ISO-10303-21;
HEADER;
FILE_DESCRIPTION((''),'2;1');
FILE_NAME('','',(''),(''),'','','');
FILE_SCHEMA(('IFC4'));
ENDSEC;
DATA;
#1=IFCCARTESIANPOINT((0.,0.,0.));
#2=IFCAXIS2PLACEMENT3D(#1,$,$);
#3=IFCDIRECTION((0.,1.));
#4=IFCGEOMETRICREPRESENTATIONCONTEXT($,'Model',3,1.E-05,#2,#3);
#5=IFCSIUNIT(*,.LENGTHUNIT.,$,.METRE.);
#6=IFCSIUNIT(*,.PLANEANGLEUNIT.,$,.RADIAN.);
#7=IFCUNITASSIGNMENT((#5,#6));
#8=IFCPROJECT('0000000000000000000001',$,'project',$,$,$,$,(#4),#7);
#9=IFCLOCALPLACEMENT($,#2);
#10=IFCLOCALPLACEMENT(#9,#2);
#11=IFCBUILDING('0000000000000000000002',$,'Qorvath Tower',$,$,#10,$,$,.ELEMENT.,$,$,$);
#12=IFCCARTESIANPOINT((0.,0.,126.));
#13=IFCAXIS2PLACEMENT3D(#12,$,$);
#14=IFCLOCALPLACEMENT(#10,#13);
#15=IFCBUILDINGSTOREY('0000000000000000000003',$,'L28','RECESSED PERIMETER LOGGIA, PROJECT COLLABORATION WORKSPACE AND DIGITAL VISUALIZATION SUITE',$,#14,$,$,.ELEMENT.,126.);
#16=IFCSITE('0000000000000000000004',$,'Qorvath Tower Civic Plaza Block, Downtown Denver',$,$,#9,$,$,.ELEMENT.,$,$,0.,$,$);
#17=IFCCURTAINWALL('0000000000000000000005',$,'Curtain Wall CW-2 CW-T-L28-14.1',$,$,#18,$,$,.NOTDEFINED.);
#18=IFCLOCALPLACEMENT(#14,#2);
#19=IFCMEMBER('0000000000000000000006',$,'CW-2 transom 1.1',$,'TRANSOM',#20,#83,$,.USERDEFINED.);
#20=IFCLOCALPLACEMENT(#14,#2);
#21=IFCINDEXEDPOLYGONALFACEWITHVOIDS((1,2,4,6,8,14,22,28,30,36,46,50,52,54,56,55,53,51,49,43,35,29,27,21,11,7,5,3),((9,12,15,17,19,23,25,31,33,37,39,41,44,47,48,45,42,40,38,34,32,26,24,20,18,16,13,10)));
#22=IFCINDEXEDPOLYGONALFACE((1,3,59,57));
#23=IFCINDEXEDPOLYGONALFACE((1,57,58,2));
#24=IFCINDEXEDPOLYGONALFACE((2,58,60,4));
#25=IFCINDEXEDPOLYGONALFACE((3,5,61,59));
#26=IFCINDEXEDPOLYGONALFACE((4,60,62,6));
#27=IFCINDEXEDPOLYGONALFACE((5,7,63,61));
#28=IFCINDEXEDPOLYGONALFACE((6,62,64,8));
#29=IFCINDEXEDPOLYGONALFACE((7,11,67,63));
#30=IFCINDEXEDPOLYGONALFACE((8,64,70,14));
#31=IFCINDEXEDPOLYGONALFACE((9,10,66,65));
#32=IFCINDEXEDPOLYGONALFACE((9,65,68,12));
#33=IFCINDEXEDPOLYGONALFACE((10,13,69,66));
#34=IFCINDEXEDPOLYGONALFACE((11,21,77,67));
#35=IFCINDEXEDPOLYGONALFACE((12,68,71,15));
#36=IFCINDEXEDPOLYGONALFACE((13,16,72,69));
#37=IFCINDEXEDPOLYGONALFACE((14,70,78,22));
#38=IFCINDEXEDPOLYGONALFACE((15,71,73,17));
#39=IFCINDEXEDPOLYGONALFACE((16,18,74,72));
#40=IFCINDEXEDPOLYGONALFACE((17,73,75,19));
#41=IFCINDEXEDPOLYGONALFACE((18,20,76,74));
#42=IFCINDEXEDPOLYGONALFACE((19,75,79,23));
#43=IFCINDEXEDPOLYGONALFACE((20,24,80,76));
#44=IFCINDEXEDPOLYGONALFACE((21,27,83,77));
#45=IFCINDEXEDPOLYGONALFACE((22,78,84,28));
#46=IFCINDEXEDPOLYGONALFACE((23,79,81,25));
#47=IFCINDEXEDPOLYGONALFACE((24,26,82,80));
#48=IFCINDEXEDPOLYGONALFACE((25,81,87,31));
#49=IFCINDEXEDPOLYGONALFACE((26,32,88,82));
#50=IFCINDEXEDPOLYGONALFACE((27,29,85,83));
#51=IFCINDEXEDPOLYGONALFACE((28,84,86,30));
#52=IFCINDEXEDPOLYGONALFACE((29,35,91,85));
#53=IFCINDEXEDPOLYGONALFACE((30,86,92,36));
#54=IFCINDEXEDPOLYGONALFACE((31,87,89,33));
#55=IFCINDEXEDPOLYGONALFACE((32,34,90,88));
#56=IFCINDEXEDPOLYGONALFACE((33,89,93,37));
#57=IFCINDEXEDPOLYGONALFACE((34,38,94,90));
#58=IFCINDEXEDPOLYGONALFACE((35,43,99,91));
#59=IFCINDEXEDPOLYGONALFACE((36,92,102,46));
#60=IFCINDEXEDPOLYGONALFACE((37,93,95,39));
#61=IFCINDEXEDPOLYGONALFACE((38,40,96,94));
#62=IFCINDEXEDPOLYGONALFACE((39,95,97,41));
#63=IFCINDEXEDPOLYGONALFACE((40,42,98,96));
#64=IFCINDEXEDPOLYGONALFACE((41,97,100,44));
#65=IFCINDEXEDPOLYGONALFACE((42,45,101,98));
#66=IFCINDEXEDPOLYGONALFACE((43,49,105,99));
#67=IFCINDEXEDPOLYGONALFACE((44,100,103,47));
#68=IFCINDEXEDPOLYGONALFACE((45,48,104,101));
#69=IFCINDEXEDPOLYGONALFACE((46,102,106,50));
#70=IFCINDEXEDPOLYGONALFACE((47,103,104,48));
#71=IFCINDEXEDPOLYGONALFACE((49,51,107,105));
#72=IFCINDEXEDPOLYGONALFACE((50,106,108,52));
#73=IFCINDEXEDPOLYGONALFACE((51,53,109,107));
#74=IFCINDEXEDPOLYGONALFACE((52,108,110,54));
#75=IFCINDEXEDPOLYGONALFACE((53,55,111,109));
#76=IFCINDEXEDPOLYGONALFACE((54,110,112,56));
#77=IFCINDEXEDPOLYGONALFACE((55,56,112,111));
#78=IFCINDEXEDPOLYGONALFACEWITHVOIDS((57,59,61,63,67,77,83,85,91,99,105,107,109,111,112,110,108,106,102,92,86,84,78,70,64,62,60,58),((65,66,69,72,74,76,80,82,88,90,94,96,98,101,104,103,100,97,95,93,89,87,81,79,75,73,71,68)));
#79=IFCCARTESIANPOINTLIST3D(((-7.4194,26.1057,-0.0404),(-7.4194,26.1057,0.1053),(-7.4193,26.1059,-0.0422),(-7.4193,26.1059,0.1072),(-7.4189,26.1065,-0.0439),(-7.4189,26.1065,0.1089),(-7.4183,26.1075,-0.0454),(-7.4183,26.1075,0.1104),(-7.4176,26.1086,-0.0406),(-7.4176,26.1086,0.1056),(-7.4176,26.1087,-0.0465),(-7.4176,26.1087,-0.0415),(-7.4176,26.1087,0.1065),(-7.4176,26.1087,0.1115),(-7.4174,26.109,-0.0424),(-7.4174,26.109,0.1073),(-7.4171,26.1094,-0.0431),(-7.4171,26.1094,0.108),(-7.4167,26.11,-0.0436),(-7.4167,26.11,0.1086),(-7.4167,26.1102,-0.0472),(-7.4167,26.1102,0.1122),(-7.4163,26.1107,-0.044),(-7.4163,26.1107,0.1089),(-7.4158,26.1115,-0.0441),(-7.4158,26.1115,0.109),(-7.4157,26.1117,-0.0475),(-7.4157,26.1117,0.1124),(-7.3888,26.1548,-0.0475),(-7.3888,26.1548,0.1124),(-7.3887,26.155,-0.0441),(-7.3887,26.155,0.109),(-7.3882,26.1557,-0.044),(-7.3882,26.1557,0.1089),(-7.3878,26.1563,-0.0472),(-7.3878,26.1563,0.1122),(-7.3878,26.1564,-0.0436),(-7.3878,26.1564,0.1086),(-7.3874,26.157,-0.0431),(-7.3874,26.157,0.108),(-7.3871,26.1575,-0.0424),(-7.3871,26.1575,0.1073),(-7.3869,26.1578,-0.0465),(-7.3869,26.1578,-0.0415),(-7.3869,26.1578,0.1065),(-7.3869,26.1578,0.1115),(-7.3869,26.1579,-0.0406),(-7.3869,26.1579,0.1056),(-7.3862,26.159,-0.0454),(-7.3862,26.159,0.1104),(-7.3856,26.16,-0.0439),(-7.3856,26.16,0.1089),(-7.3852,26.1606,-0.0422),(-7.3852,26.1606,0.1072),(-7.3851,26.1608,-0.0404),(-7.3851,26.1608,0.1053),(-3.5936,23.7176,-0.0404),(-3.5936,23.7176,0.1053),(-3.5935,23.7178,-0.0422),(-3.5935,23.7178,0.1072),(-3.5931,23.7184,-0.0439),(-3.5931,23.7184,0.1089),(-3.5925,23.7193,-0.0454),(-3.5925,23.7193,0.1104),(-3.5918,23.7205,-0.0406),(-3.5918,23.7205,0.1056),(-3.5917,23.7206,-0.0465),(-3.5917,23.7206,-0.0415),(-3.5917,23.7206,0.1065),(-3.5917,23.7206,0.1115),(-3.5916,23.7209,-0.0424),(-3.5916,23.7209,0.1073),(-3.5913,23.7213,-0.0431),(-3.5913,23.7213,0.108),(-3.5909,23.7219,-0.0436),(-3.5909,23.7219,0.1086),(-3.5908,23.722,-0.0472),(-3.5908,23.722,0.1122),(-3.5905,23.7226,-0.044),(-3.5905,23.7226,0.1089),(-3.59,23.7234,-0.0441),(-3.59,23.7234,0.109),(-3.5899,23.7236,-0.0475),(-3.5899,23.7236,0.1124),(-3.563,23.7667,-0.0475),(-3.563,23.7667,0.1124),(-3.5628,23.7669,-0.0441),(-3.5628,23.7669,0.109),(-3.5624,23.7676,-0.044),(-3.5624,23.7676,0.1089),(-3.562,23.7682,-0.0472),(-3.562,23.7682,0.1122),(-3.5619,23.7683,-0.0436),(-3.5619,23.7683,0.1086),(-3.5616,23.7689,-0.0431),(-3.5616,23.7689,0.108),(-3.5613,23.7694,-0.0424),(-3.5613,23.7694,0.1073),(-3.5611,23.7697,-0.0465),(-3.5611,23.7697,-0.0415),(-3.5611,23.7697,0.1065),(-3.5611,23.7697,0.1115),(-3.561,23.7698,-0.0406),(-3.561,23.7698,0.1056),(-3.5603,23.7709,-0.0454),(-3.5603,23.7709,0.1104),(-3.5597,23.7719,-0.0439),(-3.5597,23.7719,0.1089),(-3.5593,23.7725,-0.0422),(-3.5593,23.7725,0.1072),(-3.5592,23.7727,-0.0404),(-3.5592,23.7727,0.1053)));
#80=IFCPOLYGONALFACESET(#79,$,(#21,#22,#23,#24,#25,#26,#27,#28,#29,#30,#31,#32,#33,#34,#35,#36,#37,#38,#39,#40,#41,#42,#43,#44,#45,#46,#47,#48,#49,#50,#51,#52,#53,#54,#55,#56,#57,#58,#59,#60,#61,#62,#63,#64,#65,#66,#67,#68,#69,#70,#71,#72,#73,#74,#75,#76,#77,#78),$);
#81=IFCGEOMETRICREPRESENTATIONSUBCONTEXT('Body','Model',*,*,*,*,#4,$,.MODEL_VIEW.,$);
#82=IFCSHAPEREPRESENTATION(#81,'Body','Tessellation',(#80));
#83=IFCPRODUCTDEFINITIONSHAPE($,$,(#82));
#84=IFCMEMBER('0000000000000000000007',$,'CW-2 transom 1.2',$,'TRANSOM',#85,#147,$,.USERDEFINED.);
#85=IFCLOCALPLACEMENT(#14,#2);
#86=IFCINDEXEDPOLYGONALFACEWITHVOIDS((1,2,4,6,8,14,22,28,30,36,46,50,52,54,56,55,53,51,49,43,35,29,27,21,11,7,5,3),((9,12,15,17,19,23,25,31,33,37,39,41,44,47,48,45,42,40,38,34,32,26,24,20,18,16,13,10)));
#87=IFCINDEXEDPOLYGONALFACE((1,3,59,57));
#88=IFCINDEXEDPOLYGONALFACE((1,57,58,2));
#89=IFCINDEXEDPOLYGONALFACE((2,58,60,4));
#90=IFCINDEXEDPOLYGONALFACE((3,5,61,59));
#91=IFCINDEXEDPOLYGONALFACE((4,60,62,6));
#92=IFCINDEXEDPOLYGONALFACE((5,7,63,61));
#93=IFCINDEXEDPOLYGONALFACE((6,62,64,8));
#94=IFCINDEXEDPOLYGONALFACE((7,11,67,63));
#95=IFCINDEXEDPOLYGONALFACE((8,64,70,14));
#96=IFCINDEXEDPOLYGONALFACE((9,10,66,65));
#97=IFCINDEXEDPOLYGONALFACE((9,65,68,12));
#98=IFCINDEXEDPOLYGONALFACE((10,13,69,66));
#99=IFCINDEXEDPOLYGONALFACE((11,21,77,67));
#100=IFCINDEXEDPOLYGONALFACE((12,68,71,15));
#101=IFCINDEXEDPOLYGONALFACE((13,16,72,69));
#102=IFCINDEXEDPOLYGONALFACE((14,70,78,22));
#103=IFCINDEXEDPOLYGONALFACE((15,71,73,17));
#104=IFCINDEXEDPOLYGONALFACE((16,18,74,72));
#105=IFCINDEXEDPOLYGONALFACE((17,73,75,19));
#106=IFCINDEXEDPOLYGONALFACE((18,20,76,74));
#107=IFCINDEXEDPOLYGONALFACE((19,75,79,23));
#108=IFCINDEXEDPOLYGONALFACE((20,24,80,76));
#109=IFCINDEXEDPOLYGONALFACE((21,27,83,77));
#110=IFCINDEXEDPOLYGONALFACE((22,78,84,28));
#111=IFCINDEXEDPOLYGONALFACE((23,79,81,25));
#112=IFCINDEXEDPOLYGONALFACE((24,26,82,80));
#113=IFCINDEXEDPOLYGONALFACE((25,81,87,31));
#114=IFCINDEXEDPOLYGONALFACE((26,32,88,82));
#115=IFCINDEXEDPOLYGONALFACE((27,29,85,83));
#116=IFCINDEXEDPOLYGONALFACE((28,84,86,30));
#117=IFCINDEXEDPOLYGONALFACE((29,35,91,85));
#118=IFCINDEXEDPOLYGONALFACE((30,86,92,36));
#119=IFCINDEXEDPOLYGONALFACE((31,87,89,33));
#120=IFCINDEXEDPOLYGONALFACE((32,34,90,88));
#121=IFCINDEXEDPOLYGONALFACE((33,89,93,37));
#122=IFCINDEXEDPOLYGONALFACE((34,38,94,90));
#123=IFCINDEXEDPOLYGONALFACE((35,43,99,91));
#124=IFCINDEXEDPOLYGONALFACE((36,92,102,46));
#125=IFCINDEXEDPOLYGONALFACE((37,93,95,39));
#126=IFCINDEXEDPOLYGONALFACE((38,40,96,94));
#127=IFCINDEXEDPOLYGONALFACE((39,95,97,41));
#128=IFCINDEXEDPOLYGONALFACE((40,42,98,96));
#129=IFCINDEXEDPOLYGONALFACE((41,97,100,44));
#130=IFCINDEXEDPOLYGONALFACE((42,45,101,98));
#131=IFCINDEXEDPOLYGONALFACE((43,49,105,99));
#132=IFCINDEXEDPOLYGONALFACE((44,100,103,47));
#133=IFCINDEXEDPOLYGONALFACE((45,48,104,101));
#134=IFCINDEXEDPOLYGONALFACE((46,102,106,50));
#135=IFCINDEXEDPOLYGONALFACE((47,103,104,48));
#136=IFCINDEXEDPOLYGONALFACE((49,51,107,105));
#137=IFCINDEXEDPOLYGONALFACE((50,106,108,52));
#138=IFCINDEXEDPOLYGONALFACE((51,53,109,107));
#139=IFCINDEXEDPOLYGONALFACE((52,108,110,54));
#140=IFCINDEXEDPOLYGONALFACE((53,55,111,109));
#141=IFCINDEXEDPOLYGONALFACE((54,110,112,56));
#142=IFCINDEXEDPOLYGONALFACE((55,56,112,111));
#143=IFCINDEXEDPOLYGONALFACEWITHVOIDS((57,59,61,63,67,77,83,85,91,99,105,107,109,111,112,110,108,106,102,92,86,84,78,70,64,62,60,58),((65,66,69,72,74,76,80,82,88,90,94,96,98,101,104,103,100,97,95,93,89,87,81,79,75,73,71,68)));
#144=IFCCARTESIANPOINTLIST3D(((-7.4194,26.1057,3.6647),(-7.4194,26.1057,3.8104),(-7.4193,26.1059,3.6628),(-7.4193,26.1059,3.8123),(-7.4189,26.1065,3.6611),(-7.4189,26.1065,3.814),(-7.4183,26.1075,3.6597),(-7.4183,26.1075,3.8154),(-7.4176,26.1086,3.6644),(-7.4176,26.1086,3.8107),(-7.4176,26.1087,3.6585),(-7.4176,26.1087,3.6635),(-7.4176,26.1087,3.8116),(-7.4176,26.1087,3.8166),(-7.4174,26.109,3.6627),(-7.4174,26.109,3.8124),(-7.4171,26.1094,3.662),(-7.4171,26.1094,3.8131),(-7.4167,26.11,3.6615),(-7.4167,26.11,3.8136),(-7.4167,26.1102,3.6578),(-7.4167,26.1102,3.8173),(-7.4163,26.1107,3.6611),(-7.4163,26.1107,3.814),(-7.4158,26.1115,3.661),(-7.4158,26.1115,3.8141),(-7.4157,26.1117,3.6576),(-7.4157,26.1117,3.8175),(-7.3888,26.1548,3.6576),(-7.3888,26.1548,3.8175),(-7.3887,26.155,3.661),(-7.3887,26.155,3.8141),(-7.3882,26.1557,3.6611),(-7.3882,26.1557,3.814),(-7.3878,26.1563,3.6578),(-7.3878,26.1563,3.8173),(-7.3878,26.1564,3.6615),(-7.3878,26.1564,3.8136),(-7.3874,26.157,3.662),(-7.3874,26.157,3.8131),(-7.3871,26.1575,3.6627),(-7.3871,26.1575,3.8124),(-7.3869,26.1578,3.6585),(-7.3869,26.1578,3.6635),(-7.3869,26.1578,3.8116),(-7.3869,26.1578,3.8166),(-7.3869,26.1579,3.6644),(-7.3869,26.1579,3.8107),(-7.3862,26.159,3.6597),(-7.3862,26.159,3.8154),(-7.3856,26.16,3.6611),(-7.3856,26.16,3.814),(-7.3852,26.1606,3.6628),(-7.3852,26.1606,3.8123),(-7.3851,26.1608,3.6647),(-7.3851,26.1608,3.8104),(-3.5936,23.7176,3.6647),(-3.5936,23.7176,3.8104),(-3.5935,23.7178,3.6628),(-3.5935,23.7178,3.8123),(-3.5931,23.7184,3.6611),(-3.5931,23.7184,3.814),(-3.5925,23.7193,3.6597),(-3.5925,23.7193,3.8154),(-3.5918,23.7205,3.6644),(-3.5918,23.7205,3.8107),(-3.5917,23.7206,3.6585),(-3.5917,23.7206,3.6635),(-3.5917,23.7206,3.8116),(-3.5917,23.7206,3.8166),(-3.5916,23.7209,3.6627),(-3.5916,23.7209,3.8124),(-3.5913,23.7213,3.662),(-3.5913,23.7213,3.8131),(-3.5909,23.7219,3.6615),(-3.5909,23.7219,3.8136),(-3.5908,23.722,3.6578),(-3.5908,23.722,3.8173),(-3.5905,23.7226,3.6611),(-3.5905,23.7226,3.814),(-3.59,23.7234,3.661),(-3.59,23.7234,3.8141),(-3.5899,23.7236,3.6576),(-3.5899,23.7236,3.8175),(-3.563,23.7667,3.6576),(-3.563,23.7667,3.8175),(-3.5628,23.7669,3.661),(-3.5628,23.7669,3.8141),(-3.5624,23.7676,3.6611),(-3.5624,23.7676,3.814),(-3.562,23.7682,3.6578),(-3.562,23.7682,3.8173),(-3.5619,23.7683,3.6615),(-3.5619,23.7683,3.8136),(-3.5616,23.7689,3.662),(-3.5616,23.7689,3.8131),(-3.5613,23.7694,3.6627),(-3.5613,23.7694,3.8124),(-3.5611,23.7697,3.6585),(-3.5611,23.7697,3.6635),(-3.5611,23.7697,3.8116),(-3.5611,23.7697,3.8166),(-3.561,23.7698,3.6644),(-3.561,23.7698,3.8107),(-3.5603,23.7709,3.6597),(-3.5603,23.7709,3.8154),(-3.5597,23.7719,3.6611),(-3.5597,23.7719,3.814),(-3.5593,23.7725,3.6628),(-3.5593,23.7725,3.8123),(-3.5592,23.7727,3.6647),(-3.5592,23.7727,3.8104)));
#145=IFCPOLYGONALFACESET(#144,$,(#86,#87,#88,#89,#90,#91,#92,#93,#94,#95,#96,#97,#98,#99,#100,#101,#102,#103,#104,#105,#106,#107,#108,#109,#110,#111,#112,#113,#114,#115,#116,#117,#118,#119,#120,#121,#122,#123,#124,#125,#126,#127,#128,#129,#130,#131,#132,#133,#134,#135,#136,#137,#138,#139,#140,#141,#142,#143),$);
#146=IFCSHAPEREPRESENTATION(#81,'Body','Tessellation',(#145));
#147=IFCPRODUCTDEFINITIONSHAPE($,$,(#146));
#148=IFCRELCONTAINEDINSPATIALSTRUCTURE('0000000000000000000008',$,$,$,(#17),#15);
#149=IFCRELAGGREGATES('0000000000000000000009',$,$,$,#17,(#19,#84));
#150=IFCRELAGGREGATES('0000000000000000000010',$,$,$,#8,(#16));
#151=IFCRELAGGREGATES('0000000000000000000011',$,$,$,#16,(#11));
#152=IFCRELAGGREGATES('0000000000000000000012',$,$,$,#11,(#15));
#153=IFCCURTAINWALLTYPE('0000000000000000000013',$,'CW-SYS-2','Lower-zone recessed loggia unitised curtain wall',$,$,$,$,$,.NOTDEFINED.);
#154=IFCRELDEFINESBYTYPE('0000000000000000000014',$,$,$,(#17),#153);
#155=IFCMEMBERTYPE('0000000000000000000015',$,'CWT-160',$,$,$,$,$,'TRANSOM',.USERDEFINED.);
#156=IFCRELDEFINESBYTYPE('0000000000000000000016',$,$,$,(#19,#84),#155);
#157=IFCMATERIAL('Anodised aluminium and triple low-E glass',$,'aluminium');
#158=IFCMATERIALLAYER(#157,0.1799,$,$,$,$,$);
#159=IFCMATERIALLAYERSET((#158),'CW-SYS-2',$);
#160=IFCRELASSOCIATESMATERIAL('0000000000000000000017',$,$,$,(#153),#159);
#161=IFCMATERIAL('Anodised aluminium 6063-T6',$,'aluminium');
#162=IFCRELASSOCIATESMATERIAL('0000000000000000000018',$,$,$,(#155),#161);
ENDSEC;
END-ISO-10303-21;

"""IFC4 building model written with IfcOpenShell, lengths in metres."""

from ifc_helpers import new_model, si_unit, direction, frame, origin, origin_2d, place, context, subcontext, project, spatial, hollow_rectangle, extrude, material, layer, layer_set, material_profile, profile_set, type_object, element, aggregate, save


model = new_model("IFC4")

# Units and contexts
model_context = context("Model", 3, precision=1e-05, world=origin(), true_north=direction((0.0, 1.0)))
body_context = subcontext(model_context, "Body", "Model", "MODEL_VIEW")
ifc_project = project(units=[si_unit("LENGTHUNIT", "METRE"), si_unit("PLANEANGLEUNIT", "RADIAN")], contexts=[model_context])

# Site, building, storey
site_placement = place(None, origin())
site = spatial("IfcSite", under=ifc_project, at=site_placement, Name="Qorvath Tower Civic Plaza Block, Downtown Denver", CompositionType="ELEMENT", RefElevation=0.0)
building_placement = place(site_placement, origin())
building = spatial("IfcBuilding", under=site, at=building_placement, Name="Qorvath Tower", CompositionType="ELEMENT")
storey_placement = place(building_placement, frame((0.0, 0.0, 126.0)))
storey = spatial("IfcBuildingStorey", under=building, at=storey_placement, Name="L28", Description="RECESSED PERIMETER LOGGIA, PROJECT COLLABORATION WORKSPACE AND DIGITAL VISUALIZATION SUITE", CompositionType="ELEMENT", Elevation=126.0)

# Curtain wall
ifc_material_1 = material(Name="Anodised aluminium and triple low-E glass", Category="aluminium")
ifc_layer_1 = layer(ifc_material_1, 0.1799)
ifc_layer_set_1 = layer_set([ifc_layer_1], Name="CW-SYS-2")
curtain_wall_type = type_object("IfcCurtainWallType", Name="CW-SYS-2", Description="Lower-zone recessed loggia unitised curtain wall", PredefinedType="NOTDEFINED", material=ifc_layer_set_1)
curtain_wall_1_placement = place(storey_placement, origin())
curtain_wall_1 = element("IfcCurtainWall", 1, at=curtain_wall_1_placement, inside=storey, type_object=curtain_wall_type, Name="Curtain Wall CW-2 CW-T-L28-14.1", PredefinedType="NOTDEFINED")

# Members
ifc_material_2 = material(Name="Anodised aluminium 6063-T6", Category="aluminium")
ifc_material_profile_1 = material_profile(ifc_material_2, hollow_rectangle(XDim=0.0649, YDim=0.1599, WallThickness=0.0034, InnerFilletRadius=0.0034, OuterFilletRadius=0.0071, at=origin_2d()), Name="CWT 160x65")
ifc_profile_set_1 = profile_set([ifc_material_profile_1], Name="Anodised aluminium 6063-T6")
member_type_1 = type_object("IfcMemberType", Name="CWT-160", ElementType="TRANSOM", PredefinedType="USERDEFINED", material=ifc_profile_set_1)
member_1_placement = place(storey_placement, frame((-3.5764, 23.7451, 0.0325), z_axis=(-0.848299, 0.529517, 0.0), x_axis=(-0.529517, -0.848299, 0.0)))
member_1 = element("IfcMember", 2, at=member_1_placement, type_object=member_type_1, Name="CW-2 transom 1.1", ObjectType="TRANSOM", PredefinedType="USERDEFINED", context=body_context, shape_type="SweptSolid", body=[
    extrude(hollow_rectangle(XDim=0.0649, YDim=0.1599, WallThickness=0.0034, InnerFilletRadius=0.0034, OuterFilletRadius=0.0071, at=origin_2d()), origin(), (0.0, 0.0, 1.0), 4.51),
])
member_2_placement = place(storey_placement, frame((-3.5764, 23.7451, 3.7375), z_axis=(-0.848299, 0.529517, 0.0), x_axis=(-0.529517, -0.848299, 0.0)))
member_2 = element("IfcMember", 3, at=member_2_placement, type_object=member_type_1, Name="CW-2 transom 1.2", ObjectType="TRANSOM", PredefinedType="USERDEFINED", context=body_context, shape_type="SweptSolid", body=[
    extrude(hollow_rectangle(XDim=0.0649, YDim=0.1599, WallThickness=0.0034, InnerFilletRadius=0.0034, OuterFilletRadius=0.0071, at=origin_2d()), origin(), (0.0, 0.0, 1.0), 4.51),
])

aggregate(curtain_wall_1, [member_1, member_2])

save(model, "model.ifc")
